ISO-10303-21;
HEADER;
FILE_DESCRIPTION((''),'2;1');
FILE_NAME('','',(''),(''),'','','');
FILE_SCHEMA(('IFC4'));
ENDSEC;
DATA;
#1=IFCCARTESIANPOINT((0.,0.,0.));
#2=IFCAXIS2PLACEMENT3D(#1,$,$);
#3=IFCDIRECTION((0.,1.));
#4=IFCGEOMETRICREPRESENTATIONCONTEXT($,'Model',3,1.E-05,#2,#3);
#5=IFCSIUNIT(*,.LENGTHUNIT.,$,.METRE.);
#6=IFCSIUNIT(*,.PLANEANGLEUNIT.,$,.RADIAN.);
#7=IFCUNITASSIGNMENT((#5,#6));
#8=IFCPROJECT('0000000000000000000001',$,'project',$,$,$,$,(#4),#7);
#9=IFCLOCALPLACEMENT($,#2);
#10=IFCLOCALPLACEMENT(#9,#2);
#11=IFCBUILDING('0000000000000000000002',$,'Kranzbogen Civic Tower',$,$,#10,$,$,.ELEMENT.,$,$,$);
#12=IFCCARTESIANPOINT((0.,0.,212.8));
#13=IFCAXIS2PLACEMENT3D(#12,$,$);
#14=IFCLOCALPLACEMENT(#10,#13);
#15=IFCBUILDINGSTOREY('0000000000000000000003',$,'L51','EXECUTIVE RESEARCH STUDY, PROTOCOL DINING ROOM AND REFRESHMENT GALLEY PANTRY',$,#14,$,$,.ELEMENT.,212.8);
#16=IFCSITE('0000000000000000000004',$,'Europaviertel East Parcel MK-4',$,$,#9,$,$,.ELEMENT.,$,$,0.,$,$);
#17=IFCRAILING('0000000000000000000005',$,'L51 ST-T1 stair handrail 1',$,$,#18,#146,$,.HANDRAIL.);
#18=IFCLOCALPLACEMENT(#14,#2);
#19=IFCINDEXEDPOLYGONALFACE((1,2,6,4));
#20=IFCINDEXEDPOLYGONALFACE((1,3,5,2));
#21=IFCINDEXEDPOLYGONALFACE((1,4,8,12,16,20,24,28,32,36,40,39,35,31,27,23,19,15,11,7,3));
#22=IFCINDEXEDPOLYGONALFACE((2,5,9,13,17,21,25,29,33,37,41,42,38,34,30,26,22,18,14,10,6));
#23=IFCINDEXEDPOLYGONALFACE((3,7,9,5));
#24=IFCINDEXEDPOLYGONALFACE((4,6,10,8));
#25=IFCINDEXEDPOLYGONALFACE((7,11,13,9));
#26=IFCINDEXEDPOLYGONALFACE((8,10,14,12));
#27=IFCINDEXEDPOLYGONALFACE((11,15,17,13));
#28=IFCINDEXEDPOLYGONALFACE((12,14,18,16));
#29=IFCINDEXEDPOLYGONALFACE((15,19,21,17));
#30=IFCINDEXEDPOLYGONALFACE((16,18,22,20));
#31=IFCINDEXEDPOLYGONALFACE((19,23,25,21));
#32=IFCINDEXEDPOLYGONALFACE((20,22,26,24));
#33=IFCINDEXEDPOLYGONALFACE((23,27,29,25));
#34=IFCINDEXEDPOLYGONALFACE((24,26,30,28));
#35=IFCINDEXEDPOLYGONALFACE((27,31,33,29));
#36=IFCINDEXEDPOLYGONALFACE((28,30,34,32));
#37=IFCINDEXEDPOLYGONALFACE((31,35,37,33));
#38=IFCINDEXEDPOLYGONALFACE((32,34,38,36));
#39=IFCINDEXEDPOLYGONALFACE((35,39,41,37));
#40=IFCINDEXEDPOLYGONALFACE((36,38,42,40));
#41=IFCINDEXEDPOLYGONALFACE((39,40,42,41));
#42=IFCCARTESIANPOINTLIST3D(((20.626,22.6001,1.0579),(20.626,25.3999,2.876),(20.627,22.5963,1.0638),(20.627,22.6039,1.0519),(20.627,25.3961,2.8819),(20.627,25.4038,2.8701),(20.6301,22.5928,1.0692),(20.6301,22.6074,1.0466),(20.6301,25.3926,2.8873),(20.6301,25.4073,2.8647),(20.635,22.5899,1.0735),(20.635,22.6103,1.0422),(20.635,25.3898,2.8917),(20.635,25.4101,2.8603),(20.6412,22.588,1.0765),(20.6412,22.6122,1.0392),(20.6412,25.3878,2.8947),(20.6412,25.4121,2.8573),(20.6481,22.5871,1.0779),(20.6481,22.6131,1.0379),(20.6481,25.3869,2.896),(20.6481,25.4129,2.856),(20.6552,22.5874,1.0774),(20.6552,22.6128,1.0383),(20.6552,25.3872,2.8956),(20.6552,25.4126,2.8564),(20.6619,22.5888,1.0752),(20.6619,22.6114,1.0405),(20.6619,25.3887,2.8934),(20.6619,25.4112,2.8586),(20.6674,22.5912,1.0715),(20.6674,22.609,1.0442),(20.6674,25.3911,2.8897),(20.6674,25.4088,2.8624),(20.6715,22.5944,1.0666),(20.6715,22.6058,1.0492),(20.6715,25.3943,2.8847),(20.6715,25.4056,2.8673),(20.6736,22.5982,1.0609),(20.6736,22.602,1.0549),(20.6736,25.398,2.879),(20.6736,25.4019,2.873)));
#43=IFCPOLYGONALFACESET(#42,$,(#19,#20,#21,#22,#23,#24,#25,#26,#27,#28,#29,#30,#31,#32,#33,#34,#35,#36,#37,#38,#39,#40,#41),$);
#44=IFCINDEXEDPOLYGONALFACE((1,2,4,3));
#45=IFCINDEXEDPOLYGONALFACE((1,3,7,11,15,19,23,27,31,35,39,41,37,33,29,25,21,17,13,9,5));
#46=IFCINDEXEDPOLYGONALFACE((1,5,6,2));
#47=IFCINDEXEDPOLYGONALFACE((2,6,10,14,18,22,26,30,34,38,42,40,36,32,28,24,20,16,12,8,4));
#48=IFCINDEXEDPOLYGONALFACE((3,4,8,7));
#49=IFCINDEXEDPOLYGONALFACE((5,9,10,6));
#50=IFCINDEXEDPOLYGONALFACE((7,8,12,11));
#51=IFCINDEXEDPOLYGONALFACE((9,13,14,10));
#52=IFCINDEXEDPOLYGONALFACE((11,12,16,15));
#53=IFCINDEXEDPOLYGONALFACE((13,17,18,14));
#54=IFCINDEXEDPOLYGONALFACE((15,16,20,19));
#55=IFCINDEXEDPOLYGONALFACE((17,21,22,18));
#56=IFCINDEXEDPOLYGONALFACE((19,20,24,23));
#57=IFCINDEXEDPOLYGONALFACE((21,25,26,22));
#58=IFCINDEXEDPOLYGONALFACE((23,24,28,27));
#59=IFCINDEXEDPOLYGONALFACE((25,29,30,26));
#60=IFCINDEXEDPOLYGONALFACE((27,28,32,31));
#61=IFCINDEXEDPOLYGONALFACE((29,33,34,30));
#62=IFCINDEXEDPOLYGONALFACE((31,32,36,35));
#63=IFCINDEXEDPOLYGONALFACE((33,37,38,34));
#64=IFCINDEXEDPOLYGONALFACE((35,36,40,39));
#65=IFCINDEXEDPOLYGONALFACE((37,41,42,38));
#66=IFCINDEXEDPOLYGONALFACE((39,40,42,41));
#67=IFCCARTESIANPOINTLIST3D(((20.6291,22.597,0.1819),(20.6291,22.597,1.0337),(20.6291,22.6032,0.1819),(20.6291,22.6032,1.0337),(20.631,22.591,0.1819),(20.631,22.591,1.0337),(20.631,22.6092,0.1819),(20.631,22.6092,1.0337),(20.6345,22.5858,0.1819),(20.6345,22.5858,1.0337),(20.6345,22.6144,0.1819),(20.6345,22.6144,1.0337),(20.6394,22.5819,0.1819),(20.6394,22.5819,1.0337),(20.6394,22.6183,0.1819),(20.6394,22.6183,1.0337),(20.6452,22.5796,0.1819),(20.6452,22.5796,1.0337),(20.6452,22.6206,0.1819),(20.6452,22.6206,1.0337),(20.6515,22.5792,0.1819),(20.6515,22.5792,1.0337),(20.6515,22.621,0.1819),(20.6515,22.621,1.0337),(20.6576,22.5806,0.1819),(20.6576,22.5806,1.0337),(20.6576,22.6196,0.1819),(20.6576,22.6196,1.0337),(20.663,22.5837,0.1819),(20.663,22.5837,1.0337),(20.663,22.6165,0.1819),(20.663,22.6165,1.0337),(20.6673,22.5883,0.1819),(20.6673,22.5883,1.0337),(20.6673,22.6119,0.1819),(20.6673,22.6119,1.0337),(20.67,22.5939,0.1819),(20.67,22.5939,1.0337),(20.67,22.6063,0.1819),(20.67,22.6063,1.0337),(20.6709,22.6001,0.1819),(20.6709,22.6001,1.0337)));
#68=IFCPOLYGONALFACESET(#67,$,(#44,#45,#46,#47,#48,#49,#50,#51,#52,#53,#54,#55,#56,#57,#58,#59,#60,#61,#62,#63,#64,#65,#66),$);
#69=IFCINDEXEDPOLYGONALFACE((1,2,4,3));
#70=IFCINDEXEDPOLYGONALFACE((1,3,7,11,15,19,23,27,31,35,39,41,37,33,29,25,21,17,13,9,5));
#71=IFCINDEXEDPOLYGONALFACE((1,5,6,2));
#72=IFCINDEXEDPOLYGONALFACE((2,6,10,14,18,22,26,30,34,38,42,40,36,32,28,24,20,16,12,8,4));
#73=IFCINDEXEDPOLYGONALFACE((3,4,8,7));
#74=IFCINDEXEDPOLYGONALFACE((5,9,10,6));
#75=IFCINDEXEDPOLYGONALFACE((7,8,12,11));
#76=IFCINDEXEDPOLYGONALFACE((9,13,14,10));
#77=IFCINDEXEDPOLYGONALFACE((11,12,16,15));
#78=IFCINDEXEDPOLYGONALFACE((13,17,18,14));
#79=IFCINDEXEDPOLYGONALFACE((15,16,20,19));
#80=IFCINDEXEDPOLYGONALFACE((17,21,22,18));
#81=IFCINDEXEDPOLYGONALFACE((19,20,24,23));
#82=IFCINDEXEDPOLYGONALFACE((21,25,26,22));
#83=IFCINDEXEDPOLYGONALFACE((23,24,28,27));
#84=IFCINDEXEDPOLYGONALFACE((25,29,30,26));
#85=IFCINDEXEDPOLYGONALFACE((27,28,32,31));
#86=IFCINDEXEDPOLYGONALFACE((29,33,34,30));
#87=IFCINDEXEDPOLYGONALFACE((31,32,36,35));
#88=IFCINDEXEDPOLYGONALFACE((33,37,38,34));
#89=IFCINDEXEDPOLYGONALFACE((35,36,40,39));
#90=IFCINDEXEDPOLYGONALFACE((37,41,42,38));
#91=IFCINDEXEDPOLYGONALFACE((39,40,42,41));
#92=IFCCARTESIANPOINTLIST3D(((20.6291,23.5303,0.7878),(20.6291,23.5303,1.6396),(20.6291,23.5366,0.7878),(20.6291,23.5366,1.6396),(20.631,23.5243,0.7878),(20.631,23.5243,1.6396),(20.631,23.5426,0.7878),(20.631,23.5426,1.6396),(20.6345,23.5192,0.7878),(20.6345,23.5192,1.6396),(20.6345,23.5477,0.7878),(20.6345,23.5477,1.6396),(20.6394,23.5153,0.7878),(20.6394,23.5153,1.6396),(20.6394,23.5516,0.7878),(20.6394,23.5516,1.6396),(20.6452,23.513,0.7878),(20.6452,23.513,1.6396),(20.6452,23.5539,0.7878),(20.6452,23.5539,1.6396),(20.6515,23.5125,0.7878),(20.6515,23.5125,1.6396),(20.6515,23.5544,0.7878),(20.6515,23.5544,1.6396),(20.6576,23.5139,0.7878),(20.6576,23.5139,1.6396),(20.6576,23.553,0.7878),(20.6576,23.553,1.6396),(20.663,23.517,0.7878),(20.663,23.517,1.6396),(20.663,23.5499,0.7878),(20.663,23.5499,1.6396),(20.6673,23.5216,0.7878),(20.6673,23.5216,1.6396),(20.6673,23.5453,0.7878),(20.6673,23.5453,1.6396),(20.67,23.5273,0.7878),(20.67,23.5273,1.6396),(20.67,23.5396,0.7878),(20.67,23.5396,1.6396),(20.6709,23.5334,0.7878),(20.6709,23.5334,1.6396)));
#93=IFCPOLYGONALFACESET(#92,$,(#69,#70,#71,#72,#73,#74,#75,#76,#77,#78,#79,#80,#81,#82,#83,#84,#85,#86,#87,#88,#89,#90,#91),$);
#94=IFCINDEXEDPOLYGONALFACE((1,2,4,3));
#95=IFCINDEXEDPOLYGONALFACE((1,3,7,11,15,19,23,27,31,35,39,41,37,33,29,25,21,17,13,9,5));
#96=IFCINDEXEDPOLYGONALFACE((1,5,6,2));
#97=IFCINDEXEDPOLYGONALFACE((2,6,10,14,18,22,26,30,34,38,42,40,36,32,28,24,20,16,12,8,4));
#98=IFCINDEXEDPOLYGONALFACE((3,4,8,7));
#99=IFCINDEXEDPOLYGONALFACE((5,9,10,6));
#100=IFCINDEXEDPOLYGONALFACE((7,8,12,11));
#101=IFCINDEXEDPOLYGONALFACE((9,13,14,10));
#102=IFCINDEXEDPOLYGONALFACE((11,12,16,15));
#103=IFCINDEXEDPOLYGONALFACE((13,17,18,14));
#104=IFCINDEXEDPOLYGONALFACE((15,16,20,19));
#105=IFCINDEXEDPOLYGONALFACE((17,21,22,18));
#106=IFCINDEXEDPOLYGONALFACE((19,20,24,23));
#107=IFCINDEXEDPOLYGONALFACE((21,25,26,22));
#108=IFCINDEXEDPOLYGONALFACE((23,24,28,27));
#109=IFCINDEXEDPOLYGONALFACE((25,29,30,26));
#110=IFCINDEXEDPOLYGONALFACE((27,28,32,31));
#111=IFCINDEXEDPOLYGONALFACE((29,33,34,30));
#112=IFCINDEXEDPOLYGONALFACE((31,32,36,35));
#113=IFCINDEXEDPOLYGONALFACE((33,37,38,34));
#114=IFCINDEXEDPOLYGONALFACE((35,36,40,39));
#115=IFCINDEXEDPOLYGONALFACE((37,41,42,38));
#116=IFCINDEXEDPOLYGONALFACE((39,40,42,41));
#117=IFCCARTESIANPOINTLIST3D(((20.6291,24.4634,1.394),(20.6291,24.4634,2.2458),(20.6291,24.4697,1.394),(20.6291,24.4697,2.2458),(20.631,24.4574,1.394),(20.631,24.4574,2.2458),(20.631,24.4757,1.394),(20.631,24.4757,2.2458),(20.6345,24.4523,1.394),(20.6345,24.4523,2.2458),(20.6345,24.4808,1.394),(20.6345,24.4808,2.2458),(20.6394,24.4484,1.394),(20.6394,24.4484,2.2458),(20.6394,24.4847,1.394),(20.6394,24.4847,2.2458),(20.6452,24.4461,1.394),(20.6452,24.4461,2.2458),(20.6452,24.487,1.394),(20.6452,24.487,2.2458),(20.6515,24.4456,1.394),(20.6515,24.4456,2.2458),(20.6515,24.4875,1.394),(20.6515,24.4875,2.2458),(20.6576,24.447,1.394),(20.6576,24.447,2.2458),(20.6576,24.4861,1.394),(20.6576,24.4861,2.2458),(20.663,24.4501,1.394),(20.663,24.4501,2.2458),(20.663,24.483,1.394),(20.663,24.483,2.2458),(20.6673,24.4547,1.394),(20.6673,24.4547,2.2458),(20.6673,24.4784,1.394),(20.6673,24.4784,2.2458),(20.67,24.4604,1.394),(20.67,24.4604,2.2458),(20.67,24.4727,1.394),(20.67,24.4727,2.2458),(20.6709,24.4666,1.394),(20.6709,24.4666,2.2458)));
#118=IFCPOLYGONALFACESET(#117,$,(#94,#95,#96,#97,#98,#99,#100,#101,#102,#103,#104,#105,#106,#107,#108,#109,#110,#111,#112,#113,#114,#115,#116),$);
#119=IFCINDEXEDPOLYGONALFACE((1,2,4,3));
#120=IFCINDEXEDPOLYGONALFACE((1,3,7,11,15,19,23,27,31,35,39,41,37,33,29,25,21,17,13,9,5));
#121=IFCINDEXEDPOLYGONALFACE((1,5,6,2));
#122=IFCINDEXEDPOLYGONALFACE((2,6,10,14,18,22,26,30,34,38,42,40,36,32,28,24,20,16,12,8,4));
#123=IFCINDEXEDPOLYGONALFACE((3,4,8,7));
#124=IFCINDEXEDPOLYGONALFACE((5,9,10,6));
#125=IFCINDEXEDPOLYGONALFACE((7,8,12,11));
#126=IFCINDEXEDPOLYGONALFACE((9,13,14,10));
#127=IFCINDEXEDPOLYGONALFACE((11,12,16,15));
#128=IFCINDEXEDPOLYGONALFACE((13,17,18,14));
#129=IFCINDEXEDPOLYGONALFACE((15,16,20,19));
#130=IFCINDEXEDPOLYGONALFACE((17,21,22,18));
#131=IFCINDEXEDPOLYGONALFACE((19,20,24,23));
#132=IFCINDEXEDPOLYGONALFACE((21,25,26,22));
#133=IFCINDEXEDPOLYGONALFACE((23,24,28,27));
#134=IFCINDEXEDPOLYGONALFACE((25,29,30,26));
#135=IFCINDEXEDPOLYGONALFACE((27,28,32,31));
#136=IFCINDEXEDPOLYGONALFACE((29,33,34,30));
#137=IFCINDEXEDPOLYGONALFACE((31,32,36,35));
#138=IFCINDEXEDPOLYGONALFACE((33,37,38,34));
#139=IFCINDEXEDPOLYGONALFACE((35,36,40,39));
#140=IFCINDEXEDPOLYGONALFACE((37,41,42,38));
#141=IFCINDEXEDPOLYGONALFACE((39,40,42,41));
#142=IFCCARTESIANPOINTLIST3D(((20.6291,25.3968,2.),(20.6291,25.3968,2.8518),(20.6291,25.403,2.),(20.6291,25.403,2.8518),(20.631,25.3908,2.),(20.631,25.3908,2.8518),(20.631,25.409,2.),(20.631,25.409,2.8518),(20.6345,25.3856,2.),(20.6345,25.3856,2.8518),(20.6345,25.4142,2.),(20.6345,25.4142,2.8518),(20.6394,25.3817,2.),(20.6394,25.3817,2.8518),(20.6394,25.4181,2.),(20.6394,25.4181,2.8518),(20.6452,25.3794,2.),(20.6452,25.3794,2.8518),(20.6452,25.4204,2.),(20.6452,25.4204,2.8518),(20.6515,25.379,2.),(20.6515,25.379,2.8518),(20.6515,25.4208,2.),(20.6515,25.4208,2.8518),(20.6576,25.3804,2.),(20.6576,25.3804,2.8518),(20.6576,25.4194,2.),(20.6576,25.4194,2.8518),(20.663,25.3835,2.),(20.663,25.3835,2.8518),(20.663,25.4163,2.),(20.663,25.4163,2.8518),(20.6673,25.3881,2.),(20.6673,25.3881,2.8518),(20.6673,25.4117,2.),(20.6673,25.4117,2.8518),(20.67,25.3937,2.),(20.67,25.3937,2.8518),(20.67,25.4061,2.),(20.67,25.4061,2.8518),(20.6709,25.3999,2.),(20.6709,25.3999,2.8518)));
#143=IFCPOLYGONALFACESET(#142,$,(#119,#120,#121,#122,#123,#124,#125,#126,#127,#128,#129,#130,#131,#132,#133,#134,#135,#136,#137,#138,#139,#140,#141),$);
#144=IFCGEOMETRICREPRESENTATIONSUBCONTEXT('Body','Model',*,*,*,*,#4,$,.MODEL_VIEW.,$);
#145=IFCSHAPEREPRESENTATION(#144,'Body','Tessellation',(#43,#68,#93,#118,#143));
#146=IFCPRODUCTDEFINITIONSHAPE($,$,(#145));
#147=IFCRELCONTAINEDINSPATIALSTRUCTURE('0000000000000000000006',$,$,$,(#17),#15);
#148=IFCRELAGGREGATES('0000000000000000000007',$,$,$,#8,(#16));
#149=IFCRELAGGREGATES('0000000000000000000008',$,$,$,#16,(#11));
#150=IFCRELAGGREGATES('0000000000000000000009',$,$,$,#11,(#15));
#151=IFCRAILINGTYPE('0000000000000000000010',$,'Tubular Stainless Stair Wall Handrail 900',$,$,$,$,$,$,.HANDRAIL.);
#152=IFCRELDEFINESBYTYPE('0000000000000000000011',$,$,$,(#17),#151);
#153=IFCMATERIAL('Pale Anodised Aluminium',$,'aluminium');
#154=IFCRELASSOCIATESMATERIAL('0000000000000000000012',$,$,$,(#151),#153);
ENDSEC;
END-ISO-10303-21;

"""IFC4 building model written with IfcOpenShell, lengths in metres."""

from ifc_helpers import new_model, si_unit, direction, frame, origin, origin_2d, place, context, subcontext, project, spatial, circle, extrude, material, type_object, element, save


model = new_model("IFC4")

# Units and contexts
model_context = context("Model", 3, precision=1e-05, world=origin(), true_north=direction((0.0, 1.0)))
body_context = subcontext(model_context, "Body", "Model", "MODEL_VIEW")
ifc_project = project(units=[si_unit("LENGTHUNIT", "METRE"), si_unit("PLANEANGLEUNIT", "RADIAN")], contexts=[model_context])

# Site, building, storey
site_placement = place(None, origin())
site = spatial("IfcSite", under=ifc_project, at=site_placement, Name="Europaviertel East Parcel MK-4", CompositionType="ELEMENT", RefElevation=0.0)
building_placement = place(site_placement, origin())
building = spatial("IfcBuilding", under=site, at=building_placement, Name="Kranzbogen Civic Tower", CompositionType="ELEMENT")
storey_placement = place(building_placement, frame((0.0, 0.0, 212.8)))
storey = spatial("IfcBuildingStorey", under=building, at=storey_placement, Name="L51", Description="EXECUTIVE RESEARCH STUDY, PROTOCOL DINING ROOM AND REFRESHMENT GALLEY PANTRY", CompositionType="ELEMENT", Elevation=212.8)

# Shared definitions
ifc_material_1 = material(Name="Pale Anodised Aluminium", Category="aluminium")

# Railing
railing_type_1 = type_object("IfcRailingType", Name="Tubular Stainless Stair Wall Handrail 900", PredefinedType="HANDRAIL", material=ifc_material_1)
railing_1_placement = place(storey_placement, frame((20.6499, 22.6001, 0.1819)))
element("IfcRailing", 1, at=railing_1_placement, inside=storey, type_object=railing_type_1, Name="L51 ST-T1 stair handrail 1", PredefinedType="HANDRAIL", context=body_context, shape_type="SweptSolid", body=[
    extrude(circle(Radius=0.0239, at=origin_2d()), frame((0.0, 0.0, 0.876), z_axis=(0.0, 0.838684, 0.544618), x_axis=(-1.0, 0.0, 0.0)), (0.0, 0.0, 1.0), 3.3384),
    extrude(circle(Radius=0.021, at=origin_2d()), origin(), (0.0, 0.0, 1.0), 0.8518),
    extrude(circle(Radius=0.021, at=origin_2d()), frame((0.0, 0.9333, 0.606)), (0.0, 0.0, 1.0), 0.8518),
    extrude(circle(Radius=0.021, at=origin_2d()), frame((0.0, 1.8665, 1.2122)), (0.0, 0.0, 1.0), 0.8518),
    extrude(circle(Radius=0.021, at=origin_2d()), frame((0.0, 2.7998, 1.8181)), (0.0, 0.0, 1.0), 0.8518),
])

save(model, "model.ifc")
